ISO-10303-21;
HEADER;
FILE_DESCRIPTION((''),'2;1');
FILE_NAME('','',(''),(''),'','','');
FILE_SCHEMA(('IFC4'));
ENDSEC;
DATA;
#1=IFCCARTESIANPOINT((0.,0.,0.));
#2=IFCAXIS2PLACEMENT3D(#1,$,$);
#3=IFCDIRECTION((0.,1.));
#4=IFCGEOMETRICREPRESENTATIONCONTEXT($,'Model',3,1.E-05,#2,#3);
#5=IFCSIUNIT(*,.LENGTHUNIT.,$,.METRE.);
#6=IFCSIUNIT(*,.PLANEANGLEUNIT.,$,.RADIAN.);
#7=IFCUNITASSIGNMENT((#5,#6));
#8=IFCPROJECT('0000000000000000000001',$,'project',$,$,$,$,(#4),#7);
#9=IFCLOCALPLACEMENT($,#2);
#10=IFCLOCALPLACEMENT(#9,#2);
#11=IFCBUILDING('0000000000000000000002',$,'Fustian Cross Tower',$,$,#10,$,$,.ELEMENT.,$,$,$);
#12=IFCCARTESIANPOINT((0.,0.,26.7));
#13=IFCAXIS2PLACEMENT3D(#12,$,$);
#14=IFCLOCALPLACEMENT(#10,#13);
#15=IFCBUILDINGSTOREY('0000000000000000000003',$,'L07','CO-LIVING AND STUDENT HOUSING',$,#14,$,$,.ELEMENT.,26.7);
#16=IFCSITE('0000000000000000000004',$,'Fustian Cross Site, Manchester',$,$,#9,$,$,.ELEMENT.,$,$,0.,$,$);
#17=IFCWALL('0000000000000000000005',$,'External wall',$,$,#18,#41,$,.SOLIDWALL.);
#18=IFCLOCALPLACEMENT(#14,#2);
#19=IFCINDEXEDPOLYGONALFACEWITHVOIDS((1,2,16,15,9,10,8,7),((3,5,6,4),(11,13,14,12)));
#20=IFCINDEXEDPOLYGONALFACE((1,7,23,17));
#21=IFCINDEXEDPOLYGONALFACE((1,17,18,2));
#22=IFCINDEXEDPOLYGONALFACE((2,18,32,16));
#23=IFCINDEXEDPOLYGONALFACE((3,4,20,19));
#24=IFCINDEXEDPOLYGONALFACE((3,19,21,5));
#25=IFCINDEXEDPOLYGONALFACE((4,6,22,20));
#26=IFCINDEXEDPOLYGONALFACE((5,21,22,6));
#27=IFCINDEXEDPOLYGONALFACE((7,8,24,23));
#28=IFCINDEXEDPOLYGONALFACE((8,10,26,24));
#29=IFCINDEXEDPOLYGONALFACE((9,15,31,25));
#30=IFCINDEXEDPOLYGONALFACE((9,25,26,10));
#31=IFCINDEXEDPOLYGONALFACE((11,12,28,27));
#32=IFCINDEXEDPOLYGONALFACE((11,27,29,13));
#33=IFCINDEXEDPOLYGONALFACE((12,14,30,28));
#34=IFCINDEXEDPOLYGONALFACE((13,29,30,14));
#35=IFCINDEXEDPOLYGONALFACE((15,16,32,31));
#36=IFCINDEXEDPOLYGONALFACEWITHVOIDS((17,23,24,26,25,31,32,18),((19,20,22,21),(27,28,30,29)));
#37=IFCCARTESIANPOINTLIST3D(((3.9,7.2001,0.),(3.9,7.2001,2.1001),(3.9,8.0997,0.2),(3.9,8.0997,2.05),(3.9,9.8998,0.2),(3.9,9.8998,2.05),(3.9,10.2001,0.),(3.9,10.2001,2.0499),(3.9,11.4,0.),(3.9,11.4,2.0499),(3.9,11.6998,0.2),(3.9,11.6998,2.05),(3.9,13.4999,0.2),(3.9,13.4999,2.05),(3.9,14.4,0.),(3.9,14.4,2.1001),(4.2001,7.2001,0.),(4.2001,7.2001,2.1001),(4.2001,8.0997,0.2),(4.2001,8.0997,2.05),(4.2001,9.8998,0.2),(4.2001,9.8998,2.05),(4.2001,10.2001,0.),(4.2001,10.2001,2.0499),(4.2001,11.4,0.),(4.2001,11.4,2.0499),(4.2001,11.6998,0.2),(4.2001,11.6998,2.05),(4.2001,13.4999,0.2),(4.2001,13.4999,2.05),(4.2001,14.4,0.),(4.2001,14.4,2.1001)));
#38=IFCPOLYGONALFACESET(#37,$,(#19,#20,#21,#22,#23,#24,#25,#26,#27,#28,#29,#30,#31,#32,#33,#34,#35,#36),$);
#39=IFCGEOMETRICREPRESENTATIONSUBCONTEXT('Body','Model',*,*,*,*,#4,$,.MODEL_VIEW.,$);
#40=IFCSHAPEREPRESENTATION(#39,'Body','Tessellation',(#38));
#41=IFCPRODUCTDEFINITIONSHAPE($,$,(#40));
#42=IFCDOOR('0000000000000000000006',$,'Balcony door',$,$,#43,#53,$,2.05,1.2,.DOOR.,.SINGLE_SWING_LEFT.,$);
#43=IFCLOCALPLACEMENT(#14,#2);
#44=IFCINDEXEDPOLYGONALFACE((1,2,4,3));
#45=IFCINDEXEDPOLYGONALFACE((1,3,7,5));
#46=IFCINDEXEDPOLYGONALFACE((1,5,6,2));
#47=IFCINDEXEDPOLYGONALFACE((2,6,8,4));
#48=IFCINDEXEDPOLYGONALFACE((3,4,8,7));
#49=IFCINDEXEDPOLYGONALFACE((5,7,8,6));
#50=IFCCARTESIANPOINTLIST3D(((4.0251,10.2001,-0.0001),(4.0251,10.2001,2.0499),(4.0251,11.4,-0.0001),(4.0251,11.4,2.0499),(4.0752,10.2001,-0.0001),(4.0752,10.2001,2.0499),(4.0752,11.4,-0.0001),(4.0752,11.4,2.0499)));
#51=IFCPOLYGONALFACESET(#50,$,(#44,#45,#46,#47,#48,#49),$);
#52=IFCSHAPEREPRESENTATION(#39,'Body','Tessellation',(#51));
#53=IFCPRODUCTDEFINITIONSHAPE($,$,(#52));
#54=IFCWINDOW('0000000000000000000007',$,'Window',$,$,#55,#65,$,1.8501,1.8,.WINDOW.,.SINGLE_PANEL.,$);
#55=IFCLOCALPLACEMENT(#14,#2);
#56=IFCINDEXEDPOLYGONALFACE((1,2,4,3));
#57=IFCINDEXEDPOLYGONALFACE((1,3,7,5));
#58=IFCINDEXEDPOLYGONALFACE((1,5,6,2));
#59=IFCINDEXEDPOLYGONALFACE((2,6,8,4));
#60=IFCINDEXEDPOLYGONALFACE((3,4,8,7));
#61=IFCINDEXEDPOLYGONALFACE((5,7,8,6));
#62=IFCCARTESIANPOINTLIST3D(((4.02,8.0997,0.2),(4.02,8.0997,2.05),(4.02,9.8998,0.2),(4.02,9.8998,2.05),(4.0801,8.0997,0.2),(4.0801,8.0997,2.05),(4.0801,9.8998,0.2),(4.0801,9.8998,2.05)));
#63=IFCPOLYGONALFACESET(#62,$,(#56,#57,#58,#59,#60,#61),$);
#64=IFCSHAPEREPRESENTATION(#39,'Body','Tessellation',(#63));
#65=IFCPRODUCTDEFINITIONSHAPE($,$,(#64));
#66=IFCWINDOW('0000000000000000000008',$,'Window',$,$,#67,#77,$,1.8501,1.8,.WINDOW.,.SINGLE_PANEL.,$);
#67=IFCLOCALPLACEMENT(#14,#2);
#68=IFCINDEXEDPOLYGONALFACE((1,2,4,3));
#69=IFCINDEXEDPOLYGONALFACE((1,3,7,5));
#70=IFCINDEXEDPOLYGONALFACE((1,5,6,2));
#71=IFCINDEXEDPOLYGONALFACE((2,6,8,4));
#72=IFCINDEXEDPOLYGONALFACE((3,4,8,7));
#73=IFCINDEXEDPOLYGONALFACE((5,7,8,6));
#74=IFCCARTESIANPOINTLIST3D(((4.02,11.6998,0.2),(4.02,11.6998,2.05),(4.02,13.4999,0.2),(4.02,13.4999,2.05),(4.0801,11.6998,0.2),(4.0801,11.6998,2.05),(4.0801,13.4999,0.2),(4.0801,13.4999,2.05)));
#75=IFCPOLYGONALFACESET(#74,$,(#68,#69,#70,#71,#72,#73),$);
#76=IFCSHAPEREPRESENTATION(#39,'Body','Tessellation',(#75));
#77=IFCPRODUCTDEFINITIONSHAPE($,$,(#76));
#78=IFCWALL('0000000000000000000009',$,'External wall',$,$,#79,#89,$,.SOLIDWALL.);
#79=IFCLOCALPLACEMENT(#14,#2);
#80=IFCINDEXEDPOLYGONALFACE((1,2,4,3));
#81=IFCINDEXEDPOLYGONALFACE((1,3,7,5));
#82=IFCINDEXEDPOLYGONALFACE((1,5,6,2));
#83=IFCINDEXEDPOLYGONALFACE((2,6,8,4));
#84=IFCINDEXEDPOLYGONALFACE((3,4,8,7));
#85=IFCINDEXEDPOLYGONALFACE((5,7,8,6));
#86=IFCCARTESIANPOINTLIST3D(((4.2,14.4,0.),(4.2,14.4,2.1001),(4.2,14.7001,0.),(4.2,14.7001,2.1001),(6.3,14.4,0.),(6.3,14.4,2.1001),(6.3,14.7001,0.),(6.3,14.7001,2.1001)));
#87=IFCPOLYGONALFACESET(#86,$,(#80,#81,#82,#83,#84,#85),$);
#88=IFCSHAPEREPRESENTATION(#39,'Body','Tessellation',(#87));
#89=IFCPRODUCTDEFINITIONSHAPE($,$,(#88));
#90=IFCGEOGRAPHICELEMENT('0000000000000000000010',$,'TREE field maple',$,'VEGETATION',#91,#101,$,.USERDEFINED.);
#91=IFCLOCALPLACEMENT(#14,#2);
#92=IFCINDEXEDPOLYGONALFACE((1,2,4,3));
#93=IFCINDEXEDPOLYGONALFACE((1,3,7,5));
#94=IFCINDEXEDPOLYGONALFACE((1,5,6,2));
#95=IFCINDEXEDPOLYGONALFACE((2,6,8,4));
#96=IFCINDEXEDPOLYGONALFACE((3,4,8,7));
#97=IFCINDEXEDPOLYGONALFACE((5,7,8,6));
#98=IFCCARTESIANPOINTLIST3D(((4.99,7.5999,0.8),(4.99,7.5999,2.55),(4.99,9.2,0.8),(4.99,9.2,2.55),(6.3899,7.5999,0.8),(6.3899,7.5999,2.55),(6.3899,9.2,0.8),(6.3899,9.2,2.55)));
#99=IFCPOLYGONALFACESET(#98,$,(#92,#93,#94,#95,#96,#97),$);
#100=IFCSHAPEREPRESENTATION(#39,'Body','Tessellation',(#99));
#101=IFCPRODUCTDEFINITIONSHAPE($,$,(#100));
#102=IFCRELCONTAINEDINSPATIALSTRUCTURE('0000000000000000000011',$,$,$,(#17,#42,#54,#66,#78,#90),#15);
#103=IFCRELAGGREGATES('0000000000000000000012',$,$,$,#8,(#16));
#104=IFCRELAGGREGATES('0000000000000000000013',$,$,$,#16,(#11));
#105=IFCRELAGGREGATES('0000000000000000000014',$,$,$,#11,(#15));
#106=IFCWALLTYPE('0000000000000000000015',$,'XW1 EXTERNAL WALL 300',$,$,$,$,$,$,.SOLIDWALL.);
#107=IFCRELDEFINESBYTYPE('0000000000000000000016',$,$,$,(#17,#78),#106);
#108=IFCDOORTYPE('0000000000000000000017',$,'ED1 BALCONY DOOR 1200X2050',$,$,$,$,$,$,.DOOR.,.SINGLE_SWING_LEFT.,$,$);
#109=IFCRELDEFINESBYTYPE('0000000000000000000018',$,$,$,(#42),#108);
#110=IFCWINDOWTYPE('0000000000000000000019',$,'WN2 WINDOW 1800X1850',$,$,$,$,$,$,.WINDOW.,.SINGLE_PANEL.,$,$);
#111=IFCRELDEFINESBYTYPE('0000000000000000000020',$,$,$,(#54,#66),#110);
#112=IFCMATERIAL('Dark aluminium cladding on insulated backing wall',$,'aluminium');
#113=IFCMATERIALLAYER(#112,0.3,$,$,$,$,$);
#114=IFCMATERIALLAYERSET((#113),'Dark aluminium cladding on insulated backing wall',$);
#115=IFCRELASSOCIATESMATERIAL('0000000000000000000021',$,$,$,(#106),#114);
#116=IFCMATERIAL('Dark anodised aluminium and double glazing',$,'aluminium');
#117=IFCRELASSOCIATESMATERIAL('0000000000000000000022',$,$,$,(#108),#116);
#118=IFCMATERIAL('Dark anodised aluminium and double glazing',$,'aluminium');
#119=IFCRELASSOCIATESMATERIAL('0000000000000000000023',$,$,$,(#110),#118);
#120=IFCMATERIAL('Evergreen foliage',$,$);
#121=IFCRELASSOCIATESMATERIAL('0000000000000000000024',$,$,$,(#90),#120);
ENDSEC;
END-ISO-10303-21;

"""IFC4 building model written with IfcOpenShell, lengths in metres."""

from ifc_helpers import new_model, si_unit, direction, frame, frame_2d, origin, origin_2d, place, context, subcontext, project, spatial, rectangle, extrude, material, layer, layer_set, type_object, element, fill, save


model = new_model("IFC4")

# Units and contexts
model_context = context("Model", 3, precision=1e-05, world=origin(), true_north=direction((0.0, 1.0)))
body_context = subcontext(model_context, "Body", "Model", "MODEL_VIEW")
ifc_project = project(units=[si_unit("LENGTHUNIT", "METRE"), si_unit("PLANEANGLEUNIT", "RADIAN")], contexts=[model_context])

# Site, building, storey
site_placement = place(None, origin())
site = spatial("IfcSite", under=ifc_project, at=site_placement, Name="Fustian Cross Site, Manchester", CompositionType="ELEMENT", RefElevation=0.0)
building_placement = place(site_placement, origin())
building = spatial("IfcBuilding", under=site, at=building_placement, Name="Fustian Cross Tower", CompositionType="ELEMENT")
storey_placement = place(building_placement, frame((0.0, 0.0, 26.7)))
storey = spatial("IfcBuildingStorey", under=building, at=storey_placement, Name="L07", Description="CO-LIVING AND STUDENT HOUSING", CompositionType="ELEMENT", Elevation=26.7)

# Wall, openings, door, windows
ifc_material_1 = material(Name="Dark aluminium cladding on insulated backing wall", Category="aluminium")
ifc_layer_1 = layer(ifc_material_1, 0.3)
ifc_layer_set_1 = layer_set([ifc_layer_1], Name="Dark aluminium cladding on insulated backing wall")
wall_type_1 = type_object("IfcWallType", Name="XW1 EXTERNAL WALL 300", PredefinedType="SOLIDWALL", material=ifc_layer_set_1)
wall_1_placement = place(storey_placement, frame((4.05, 7.2, 0.0), z_axis=(0.0, 0.0, 1.0), x_axis=(0.0, 1.0, 0.0)))
wall_1 = element("IfcWall", 1, at=wall_1_placement, inside=storey, type_object=wall_type_1, Name="External wall", PredefinedType="SOLIDWALL", context=body_context, shape_type="SweptSolid", body=[
    extrude(rectangle(XDim=7.2, YDim=0.3, at=frame_2d((3.6001, 0.0))), origin(), (0.0, 0.0, 1.0), 2.1001),
])
opening_1_placement = place(wall_1_placement, frame((3.0, 0.0, 0.0)))
opening_1 = element("IfcOpeningElement", 2, at=opening_1_placement, cuts=wall_1, PredefinedType="OPENING", context=body_context, shape_type="SweptSolid", body=[
    extrude(rectangle(XDim=1.2, YDim=2.05, at=frame_2d((0.6001, 1.0249))), frame((0.0, 0.1599, 0.0), z_axis=(0.0, -1.0, 0.0), x_axis=(1.0, 0.0, 0.0)), (0.0, 0.0, 1.0), 0.3201),
])
opening_2_placement = place(wall_1_placement, frame((0.8999, 0.0, 0.2)))
opening_2 = element("IfcOpeningElement", 3, at=opening_2_placement, cuts=wall_1, PredefinedType="OPENING", context=body_context, shape_type="SweptSolid", body=[
    extrude(rectangle(XDim=1.8, YDim=1.8501, at=frame_2d((0.8999, 0.925))), frame((0.0, 0.1599, 0.0), z_axis=(0.0, -1.0, 0.0), x_axis=(1.0, 0.0, 0.0)), (0.0, 0.0, 1.0), 0.3201),
])
opening_3_placement = place(wall_1_placement, frame((4.5, 0.0, 0.2)))
opening_3 = element("IfcOpeningElement", 4, at=opening_3_placement, cuts=wall_1, PredefinedType="OPENING", context=body_context, shape_type="SweptSolid", body=[
    extrude(rectangle(XDim=1.8, YDim=1.8501, at=frame_2d((0.8999, 0.925))), frame((0.0, 0.1599, 0.0), z_axis=(0.0, -1.0, 0.0), x_axis=(1.0, 0.0, 0.0)), (0.0, 0.0, 1.0), 0.3201),
])
ifc_material_2 = material(Name="Dark anodised aluminium and double glazing", Category="aluminium")
door_type_1 = type_object("IfcDoorType", Name="ED1 BALCONY DOOR 1200X2050", OperationType="SINGLE_SWING_LEFT", PredefinedType="DOOR", material=ifc_material_2)
door_1_placement = place(opening_1_placement, origin())
door_1 = element("IfcDoor", 5, at=door_1_placement, inside=storey, type_object=door_type_1, Name="Balcony door", OperationType="SINGLE_SWING_LEFT", OverallHeight=2.05, OverallWidth=1.2, PredefinedType="DOOR", context=body_context, shape_type="SweptSolid", body=[
    extrude(rectangle(XDim=1.2, YDim=2.05, at=frame_2d((0.6001, 1.0249))), frame((0.0, 0.0249, 0.0), z_axis=(0.0, -1.0, 0.0), x_axis=(1.0, 0.0, 0.0)), (0.0, 0.0, 1.0), 0.05),
])
fill(opening_1, door_1)
ifc_material_3 = material(Name="Dark anodised aluminium and double glazing", Category="aluminium")
window_type = type_object("IfcWindowType", Name="WN2 WINDOW 1800X1850", PartitioningType="SINGLE_PANEL", PredefinedType="WINDOW", material=ifc_material_3)
window_1_placement = place(opening_2_placement, origin())
window_1 = element("IfcWindow", 6, at=window_1_placement, inside=storey, type_object=window_type, Name="Window", OverallHeight=1.8501, OverallWidth=1.8, PartitioningType="SINGLE_PANEL", PredefinedType="WINDOW", context=body_context, shape_type="SweptSolid", body=[
    extrude(rectangle(XDim=1.8, YDim=1.8501, at=frame_2d((0.8999, 0.925))), frame((0.0, 0.03, 0.0), z_axis=(0.0, -1.0, 0.0), x_axis=(1.0, 0.0, 0.0)), (0.0, 0.0, 1.0), 0.0601),
])
fill(opening_2, window_1)
window_2_placement = place(opening_3_placement, origin())
window_2 = element("IfcWindow", 7, at=window_2_placement, inside=storey, type_object=window_type, Name="Window", OverallHeight=1.8501, OverallWidth=1.8, PartitioningType="SINGLE_PANEL", PredefinedType="WINDOW", context=body_context, shape_type="SweptSolid", body=[
    extrude(rectangle(XDim=1.8, YDim=1.8501, at=frame_2d((0.8999, 0.925))), frame((0.0, 0.03, 0.0), z_axis=(0.0, -1.0, 0.0), x_axis=(1.0, 0.0, 0.0)), (0.0, 0.0, 1.0), 0.0601),
])
fill(opening_3, window_2)

# Wall
wall_2_placement = place(storey_placement, frame((4.2, 14.55, 0.0), z_axis=(0.0, 0.0, 1.0), x_axis=(1.0, 0.0, 0.0)))
element("IfcWall", 8, at=wall_2_placement, inside=storey, type_object=wall_type_1, Name="External wall", PredefinedType="SOLIDWALL", context=body_context, shape_type="SweptSolid", body=[
    extrude(rectangle(XDim=2.1001, YDim=0.3, at=frame_2d((1.05, 0.0))), origin(), (0.0, 0.0, 1.0), 2.1001),
])

# Geographic element
ifc_material_4 = material(Name="Evergreen foliage")
geographic_element_placement = place(storey_placement, frame((5.6899, 8.3999, 0.8), z_axis=(0.0, 0.0, 1.0), x_axis=(1.0, 0.0, 0.0)))
element("IfcGeographicElement", 9, at=geographic_element_placement, inside=storey, material=ifc_material_4, Name="TREE field maple", ObjectType="VEGETATION", PredefinedType="USERDEFINED", context=body_context, shape_type="SweptSolid", body=[
    extrude(rectangle(XDim=1.3999, YDim=1.6001, at=origin_2d()), origin(), (0.0, 0.0, 1.0), 1.75),
])

save(model, "model.ifc")
